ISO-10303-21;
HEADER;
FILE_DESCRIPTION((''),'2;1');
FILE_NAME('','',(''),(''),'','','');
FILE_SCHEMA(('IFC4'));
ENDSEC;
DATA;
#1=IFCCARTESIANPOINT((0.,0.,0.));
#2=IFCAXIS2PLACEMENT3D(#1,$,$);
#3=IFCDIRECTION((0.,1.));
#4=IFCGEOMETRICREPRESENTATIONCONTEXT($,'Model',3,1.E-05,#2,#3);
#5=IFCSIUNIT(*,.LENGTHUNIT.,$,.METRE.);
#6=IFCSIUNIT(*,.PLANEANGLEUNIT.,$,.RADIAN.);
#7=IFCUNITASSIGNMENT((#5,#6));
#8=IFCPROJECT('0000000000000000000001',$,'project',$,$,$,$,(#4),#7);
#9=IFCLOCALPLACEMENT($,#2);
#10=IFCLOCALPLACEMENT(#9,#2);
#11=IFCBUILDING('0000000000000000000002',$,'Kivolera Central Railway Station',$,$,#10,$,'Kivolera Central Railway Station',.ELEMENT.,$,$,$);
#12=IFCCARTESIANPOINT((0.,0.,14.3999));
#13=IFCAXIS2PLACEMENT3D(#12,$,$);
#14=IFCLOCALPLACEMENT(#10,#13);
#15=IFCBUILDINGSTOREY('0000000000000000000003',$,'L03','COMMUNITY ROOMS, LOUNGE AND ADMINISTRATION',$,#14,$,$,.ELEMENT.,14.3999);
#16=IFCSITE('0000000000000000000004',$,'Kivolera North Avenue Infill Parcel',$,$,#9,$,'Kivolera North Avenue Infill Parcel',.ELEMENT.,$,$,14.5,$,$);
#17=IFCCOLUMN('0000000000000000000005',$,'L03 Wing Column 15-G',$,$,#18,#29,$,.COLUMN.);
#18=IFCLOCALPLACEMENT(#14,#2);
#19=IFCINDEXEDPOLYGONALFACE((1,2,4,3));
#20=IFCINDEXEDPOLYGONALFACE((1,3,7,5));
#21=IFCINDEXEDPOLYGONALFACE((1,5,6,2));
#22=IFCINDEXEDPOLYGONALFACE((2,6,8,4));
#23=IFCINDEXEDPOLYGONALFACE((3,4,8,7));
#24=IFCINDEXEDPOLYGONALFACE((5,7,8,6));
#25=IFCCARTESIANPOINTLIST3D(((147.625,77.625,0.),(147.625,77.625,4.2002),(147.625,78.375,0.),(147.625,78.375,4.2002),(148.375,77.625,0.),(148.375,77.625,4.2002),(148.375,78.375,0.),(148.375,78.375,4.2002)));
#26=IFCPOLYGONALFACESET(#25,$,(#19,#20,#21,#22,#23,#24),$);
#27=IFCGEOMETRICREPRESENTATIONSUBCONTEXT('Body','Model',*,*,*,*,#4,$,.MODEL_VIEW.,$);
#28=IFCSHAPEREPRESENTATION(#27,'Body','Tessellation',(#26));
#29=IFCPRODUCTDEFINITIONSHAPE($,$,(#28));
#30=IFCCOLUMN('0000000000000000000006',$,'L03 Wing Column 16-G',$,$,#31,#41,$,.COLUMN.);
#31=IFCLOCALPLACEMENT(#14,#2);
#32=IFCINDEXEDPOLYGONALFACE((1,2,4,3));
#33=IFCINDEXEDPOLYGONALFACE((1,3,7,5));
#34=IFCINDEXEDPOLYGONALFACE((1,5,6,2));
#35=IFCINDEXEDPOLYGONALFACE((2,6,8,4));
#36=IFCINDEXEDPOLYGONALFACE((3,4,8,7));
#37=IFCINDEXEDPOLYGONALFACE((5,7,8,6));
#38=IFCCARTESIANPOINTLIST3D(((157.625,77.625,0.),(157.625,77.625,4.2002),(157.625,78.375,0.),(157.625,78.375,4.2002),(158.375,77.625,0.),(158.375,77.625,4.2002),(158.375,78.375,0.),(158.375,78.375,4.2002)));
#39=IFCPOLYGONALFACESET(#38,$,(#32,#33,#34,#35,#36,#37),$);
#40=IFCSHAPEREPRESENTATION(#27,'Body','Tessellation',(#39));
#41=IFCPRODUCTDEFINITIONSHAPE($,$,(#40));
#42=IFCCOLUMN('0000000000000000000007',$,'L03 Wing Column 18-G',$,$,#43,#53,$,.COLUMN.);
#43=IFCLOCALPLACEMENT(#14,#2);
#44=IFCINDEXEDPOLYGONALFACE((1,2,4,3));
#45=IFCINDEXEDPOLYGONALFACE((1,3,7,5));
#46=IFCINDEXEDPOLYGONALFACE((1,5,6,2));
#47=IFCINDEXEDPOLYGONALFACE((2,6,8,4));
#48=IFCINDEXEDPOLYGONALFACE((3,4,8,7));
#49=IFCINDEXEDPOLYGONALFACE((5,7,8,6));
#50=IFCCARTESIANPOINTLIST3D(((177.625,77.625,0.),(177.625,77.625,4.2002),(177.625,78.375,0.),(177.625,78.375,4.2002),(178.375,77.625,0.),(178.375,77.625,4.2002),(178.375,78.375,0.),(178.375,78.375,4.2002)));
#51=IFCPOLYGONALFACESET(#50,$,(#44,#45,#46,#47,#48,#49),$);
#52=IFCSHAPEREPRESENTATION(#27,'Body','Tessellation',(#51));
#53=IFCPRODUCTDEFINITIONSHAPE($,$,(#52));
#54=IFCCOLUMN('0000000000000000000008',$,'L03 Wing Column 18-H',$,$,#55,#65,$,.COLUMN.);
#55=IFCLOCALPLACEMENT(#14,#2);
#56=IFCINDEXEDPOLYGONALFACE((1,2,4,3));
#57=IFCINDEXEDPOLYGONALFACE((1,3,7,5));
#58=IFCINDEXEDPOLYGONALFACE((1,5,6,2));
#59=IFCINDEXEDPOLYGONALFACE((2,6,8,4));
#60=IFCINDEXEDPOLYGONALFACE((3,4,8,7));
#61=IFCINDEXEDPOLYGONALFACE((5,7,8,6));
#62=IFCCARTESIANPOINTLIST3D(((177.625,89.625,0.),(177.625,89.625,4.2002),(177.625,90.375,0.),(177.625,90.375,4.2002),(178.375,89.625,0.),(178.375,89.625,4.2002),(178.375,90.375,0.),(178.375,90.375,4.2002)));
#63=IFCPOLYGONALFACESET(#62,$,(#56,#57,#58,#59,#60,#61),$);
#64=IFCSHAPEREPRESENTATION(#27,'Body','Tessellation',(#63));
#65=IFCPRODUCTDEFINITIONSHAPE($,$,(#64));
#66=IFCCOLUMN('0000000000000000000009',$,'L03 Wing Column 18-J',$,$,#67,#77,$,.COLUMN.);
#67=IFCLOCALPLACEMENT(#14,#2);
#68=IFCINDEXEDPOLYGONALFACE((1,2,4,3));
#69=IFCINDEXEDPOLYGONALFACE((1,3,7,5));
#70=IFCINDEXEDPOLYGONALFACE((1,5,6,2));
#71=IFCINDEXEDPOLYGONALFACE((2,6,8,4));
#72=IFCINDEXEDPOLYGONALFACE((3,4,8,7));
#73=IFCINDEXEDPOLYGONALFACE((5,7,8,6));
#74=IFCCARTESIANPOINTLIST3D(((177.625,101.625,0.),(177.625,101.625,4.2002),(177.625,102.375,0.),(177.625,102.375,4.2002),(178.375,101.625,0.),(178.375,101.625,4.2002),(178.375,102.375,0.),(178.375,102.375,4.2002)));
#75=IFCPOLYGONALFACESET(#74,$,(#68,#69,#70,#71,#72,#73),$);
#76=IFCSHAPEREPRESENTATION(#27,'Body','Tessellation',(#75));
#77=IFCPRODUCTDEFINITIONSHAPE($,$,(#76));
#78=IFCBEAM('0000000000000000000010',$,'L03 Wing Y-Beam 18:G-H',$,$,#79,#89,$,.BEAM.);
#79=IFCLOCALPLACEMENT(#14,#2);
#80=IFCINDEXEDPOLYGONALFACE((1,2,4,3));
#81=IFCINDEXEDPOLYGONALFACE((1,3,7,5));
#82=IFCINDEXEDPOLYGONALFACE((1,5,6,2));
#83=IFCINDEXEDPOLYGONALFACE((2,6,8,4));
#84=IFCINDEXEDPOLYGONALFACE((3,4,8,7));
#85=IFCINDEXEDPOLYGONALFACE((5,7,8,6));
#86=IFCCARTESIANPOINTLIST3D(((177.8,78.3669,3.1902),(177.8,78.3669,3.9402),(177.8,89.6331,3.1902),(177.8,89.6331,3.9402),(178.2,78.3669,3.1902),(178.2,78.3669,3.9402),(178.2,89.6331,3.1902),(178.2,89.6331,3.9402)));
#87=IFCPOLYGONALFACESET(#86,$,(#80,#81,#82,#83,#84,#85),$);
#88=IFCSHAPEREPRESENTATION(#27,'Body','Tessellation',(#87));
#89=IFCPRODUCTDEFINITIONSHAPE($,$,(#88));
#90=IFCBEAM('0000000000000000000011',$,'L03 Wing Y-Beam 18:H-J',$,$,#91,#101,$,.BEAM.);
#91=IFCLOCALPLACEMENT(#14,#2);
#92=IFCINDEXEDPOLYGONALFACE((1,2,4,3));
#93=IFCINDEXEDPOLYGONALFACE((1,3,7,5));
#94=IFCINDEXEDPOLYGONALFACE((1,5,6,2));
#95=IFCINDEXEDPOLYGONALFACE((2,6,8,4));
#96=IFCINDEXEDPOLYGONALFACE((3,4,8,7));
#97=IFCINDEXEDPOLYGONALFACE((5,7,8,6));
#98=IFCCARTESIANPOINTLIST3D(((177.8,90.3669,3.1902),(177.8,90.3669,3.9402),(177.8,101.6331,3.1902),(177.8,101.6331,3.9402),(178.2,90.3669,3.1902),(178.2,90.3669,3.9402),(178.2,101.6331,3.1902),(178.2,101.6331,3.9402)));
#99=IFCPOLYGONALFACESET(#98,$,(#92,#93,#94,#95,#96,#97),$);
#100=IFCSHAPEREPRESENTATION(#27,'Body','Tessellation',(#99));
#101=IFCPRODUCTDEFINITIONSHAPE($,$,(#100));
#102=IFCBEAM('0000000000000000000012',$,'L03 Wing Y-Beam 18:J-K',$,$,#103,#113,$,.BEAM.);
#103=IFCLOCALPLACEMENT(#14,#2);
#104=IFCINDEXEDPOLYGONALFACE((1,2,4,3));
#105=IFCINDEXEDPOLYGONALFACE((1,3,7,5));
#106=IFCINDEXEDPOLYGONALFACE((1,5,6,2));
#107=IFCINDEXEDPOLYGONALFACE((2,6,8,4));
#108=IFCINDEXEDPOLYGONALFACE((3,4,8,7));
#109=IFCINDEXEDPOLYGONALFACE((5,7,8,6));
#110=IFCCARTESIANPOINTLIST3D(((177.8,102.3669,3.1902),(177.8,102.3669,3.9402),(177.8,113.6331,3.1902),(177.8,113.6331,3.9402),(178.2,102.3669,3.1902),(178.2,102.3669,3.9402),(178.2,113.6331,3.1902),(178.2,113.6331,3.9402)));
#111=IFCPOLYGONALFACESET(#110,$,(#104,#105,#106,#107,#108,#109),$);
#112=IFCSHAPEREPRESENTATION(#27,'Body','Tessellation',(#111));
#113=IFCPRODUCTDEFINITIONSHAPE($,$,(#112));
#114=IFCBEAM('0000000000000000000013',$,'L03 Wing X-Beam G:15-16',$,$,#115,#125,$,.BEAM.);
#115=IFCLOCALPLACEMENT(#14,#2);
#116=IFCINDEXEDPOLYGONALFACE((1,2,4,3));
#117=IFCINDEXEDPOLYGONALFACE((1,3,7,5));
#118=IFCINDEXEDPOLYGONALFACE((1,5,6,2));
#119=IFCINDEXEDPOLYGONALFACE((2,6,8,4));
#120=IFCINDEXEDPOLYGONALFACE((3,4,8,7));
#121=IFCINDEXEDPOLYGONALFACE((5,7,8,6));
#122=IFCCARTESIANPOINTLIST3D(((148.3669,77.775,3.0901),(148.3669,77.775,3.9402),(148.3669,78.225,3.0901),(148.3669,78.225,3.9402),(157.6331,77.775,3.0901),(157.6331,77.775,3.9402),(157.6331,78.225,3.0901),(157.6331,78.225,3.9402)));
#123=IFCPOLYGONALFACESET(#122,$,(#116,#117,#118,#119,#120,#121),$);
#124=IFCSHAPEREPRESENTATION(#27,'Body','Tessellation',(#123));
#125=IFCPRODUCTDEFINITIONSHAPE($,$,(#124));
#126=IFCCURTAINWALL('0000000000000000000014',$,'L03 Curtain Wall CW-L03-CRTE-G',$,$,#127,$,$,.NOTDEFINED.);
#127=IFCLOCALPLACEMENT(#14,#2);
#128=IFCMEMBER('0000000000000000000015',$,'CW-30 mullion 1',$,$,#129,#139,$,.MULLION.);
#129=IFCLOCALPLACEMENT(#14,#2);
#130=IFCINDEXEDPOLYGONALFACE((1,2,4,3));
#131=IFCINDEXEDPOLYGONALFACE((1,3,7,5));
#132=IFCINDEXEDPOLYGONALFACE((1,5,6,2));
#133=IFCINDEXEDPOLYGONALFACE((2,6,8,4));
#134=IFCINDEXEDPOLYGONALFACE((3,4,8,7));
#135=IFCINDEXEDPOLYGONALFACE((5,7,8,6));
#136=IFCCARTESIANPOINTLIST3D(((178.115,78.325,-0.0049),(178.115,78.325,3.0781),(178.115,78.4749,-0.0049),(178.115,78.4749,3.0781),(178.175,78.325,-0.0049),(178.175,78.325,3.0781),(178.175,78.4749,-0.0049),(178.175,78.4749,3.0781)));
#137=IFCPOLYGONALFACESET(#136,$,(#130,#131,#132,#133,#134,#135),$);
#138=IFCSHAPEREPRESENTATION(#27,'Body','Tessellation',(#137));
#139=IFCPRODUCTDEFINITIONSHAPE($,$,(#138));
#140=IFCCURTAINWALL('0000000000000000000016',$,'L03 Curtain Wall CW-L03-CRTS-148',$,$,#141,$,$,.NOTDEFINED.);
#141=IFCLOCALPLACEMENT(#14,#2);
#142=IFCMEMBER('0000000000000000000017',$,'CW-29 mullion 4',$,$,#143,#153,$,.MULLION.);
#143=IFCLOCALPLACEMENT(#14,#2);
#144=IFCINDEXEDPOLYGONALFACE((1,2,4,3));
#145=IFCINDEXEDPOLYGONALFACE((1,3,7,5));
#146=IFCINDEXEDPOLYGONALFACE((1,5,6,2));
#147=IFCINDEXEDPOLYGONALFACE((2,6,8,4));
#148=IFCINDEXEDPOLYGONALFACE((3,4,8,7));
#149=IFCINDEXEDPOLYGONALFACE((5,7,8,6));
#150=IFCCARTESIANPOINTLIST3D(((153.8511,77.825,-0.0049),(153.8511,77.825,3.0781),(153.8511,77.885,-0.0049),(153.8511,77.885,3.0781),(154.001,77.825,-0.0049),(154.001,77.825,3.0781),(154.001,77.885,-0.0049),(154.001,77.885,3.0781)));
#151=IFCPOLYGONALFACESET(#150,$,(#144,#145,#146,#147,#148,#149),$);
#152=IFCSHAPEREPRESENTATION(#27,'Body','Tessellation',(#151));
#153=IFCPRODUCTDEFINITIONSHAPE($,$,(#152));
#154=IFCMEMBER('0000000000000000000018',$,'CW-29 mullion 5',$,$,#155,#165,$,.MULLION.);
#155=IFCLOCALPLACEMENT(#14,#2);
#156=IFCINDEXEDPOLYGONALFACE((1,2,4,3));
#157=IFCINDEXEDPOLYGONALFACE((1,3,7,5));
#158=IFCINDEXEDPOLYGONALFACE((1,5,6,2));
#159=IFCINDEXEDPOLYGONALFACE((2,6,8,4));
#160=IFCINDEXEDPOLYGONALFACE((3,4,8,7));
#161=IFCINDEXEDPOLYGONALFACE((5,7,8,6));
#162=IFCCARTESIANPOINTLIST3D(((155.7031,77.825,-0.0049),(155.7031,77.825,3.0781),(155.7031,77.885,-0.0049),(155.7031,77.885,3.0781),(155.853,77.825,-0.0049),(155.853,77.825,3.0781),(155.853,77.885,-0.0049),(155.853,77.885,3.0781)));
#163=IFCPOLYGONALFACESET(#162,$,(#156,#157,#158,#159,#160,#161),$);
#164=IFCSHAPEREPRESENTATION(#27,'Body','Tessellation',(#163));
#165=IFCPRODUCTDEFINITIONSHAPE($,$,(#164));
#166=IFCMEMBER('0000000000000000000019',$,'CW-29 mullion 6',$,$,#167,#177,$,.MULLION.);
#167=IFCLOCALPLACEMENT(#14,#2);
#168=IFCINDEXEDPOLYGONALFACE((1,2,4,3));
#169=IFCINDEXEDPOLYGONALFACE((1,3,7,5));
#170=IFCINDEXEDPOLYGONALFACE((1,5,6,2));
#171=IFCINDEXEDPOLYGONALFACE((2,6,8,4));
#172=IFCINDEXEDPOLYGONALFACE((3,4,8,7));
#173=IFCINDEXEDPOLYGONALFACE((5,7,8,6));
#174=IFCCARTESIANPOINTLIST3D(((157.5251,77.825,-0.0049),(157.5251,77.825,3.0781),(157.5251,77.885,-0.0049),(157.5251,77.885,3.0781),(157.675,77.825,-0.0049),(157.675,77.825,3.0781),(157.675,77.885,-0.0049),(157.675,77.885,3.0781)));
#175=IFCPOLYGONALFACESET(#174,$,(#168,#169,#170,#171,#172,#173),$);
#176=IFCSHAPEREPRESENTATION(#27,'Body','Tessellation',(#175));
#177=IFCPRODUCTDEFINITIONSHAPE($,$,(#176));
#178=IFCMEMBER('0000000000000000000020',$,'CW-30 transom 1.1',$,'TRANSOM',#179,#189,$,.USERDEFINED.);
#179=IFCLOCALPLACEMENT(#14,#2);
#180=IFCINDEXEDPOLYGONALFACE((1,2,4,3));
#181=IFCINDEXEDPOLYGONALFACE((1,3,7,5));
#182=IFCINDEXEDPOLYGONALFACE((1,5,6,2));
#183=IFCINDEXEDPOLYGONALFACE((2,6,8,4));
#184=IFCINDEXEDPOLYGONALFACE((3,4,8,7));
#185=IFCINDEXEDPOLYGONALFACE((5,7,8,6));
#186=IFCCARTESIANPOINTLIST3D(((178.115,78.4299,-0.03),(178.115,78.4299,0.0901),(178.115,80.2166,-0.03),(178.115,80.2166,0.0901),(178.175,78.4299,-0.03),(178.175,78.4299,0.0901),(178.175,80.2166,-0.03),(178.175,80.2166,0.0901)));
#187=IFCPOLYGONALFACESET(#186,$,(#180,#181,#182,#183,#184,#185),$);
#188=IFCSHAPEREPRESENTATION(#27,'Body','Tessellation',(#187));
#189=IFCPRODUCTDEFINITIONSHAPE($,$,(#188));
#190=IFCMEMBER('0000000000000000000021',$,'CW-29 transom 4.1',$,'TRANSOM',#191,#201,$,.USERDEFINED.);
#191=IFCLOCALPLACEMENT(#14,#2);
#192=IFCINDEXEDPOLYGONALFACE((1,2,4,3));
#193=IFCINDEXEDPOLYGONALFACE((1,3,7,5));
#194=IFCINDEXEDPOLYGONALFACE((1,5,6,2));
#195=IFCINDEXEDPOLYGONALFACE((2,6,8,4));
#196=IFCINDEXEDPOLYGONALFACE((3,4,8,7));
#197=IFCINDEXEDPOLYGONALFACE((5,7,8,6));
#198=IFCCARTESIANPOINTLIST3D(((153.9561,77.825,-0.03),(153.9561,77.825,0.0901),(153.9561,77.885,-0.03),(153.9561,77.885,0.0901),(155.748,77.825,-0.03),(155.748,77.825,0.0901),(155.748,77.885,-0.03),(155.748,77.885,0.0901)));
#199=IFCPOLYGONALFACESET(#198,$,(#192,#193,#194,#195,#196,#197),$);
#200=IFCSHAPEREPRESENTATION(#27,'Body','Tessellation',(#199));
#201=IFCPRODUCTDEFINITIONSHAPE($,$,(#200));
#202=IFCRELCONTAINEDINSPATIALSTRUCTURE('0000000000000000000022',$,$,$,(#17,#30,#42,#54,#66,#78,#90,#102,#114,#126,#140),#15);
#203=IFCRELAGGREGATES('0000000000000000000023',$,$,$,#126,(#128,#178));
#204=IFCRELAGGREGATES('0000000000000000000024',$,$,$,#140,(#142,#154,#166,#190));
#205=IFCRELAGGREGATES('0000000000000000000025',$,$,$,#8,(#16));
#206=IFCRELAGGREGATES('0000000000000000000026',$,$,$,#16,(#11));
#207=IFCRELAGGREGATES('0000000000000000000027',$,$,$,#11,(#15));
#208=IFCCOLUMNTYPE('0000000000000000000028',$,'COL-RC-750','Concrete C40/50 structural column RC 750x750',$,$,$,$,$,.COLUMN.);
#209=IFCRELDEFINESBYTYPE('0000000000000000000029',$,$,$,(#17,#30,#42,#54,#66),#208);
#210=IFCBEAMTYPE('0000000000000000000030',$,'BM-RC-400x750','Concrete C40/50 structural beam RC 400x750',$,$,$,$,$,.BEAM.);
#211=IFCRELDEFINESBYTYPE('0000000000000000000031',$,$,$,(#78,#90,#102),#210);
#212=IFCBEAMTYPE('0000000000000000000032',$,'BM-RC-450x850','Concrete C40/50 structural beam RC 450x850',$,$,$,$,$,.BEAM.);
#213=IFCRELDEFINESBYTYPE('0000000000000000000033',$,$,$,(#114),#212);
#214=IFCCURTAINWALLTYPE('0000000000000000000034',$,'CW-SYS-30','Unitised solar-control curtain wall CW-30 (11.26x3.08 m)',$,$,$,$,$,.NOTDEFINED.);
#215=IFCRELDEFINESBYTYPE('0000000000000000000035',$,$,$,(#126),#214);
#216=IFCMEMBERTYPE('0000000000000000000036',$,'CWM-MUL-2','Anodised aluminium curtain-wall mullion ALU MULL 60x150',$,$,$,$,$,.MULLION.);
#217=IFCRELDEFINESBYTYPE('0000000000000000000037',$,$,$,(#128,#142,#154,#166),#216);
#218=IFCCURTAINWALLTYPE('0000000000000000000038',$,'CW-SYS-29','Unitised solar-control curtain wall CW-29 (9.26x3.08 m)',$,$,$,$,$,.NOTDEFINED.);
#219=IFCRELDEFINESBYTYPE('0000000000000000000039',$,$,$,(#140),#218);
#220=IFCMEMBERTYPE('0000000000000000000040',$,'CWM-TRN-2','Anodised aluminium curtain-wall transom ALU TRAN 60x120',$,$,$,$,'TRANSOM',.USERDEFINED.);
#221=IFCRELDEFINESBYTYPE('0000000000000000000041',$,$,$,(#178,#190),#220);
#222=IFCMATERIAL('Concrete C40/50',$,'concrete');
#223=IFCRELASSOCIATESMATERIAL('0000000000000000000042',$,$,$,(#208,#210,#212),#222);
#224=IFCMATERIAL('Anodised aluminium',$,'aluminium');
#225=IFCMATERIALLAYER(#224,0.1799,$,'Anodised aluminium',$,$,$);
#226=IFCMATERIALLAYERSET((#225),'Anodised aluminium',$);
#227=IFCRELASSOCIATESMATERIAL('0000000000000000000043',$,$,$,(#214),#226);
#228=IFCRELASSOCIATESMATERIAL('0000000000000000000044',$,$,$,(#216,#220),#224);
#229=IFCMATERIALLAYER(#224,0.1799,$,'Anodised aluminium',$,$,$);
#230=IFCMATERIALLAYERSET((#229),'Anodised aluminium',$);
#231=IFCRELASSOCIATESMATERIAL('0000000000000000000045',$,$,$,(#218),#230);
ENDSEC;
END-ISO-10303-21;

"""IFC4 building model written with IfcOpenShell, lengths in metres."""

from ifc_helpers import new_model, si_unit, direction, frame, origin, origin_2d, place, context, subcontext, project, spatial, rectangle, extrude, material, layer, layer_set, material_profile, profile_set, type_object, element, aggregate, save


model = new_model("IFC4")

# Units and contexts
model_context = context("Model", 3, precision=1e-05, world=origin(), true_north=direction((0.0, 1.0)))
body_context = subcontext(model_context, "Body", "Model", "MODEL_VIEW")
ifc_project = project(units=[si_unit("LENGTHUNIT", "METRE"), si_unit("PLANEANGLEUNIT", "RADIAN")], contexts=[model_context])

# Site, building, storey
site_placement = place(None, origin())
site = spatial("IfcSite", under=ifc_project, at=site_placement, Name="Kivolera North Avenue Infill Parcel", LongName="Kivolera North Avenue Infill Parcel", CompositionType="ELEMENT", RefElevation=14.5)
building_placement = place(site_placement, origin())
building = spatial("IfcBuilding", under=site, at=building_placement, Name="Kivolera Central Railway Station", LongName="Kivolera Central Railway Station", CompositionType="ELEMENT")
storey_placement = place(building_placement, frame((0.0, 0.0, 14.3999)))
storey = spatial("IfcBuildingStorey", under=building, at=storey_placement, Name="L03", Description="COMMUNITY ROOMS, LOUNGE AND ADMINISTRATION", CompositionType="ELEMENT", Elevation=14.3999)

# Columns
ifc_material_1 = material(Name="Concrete C40/50", Category="concrete")
ifc_material_profile_1 = material_profile(ifc_material_1, rectangle(XDim=0.75, YDim=0.75, at=origin_2d()), Name="RC 750x750")
ifc_profile_set_1 = profile_set([ifc_material_profile_1], Name="Concrete C40/50")
column_type = type_object("IfcColumnType", Name="COL-RC-750", Description="Concrete C40/50 structural column RC 750x750", PredefinedType="COLUMN", material=ifc_profile_set_1)
for number, where, z_axis, x_axis, name in (
    (1, (148.0, 78.0, 0.0), (0.0, 0.0, 1.0), (1.0, 0.0, 0.0), "L03 Wing Column 15-G"),
    (2, (158.0, 78.0, 0.0), (0.0, 0.0, 1.0), (1.0, 0.0, 0.0), "L03 Wing Column 16-G"),
    (3, (178.0, 78.0, 0.0), (0.0, 0.0, 1.0), (1.0, 0.0, 0.0), "L03 Wing Column 18-G"),
    (4, (178.0, 90.0, 0.0), (0.0, 0.0, 1.0), (1.0, 0.0, 0.0), "L03 Wing Column 18-H"),
    (5, (178.0, 102.0, 0.0), (0.0, 0.0, 1.0), (1.0, 0.0, 0.0), "L03 Wing Column 18-J"),
):
    element("IfcColumn", number, at=place(storey_placement, frame(where, z_axis=z_axis, x_axis=x_axis)), inside=storey, type_object=column_type, Name=name, PredefinedType="COLUMN", context=body_context, shape_type="SweptSolid", body=[
        extrude(rectangle(XDim=0.75, YDim=0.75, at=origin_2d()), origin(), (0.0, 0.0, 1.0), 4.2002),
    ])

# Beams
ifc_material_profile_2 = material_profile(ifc_material_1, rectangle(XDim=0.3999, YDim=0.75, at=origin_2d()), Name="RC 400x750")
ifc_profile_set_2 = profile_set([ifc_material_profile_2], Name="Concrete C40/50")
beam_type_1 = type_object("IfcBeamType", Name="BM-RC-400x750", Description="Concrete C40/50 structural beam RC 400x750", PredefinedType="BEAM", material=ifc_profile_set_2)
for number, where, z_axis, x_axis, name in (
    (6, (178.0, 78.3669, 3.5652), (0.0, 1.0, 0.0), (-1.0, 0.0, 0.0), "L03 Wing Y-Beam 18:G-H"),
    (7, (178.0, 90.3669, 3.5652), (0.0, 1.0, 0.0), (-1.0, 0.0, 0.0), "L03 Wing Y-Beam 18:H-J"),
    (8, (178.0, 102.3669, 3.5652), (0.0, 1.0, 0.0), (-1.0, 0.0, 0.0), "L03 Wing Y-Beam 18:J-K"),
):
    element("IfcBeam", number, at=place(storey_placement, frame(where, z_axis=z_axis, x_axis=x_axis)), inside=storey, type_object=beam_type_1, Name=name, PredefinedType="BEAM", context=body_context, shape_type="SweptSolid", body=[
        extrude(rectangle(XDim=0.3999, YDim=0.75, at=origin_2d()), origin(), (0.0, 0.0, 1.0), 11.2661),
    ])
ifc_material_profile_3 = material_profile(ifc_material_1, rectangle(XDim=0.45, YDim=0.8501, at=origin_2d()), Name="RC 450x850")
ifc_profile_set_3 = profile_set([ifc_material_profile_3], Name="Concrete C40/50")
beam_type_2 = type_object("IfcBeamType", Name="BM-RC-450x850", Description="Concrete C40/50 structural beam RC 450x850", PredefinedType="BEAM", material=ifc_profile_set_3)
beam_placement = place(storey_placement, frame((148.3669, 78.0, 3.5151), z_axis=(1.0, 0.0, 0.0), x_axis=(0.0, 1.0, 0.0)))
element("IfcBeam", 9, at=beam_placement, inside=storey, type_object=beam_type_2, Name="L03 Wing X-Beam G:15-16", PredefinedType="BEAM", context=body_context, shape_type="SweptSolid", body=[
    extrude(rectangle(XDim=0.45, YDim=0.8501, at=origin_2d()), origin(), (0.0, 0.0, 1.0), 9.2661),
])

# Curtain wall, member
ifc_material_2 = material(Name="Anodised aluminium", Category="aluminium")
ifc_layer_1 = layer(ifc_material_2, 0.1799, Name="Anodised aluminium")
ifc_layer_set_1 = layer_set([ifc_layer_1], Name="Anodised aluminium")
curtain_wall_type_1 = type_object("IfcCurtainWallType", Name="CW-SYS-30", Description="Unitised solar-control curtain wall CW-30 (11.26x3.08 m)", PredefinedType="NOTDEFINED", material=ifc_layer_set_1)
curtain_wall_1_placement = place(storey_placement, origin())
curtain_wall_1 = element("IfcCurtainWall", 10, at=curtain_wall_1_placement, inside=storey, type_object=curtain_wall_type_1, Name="L03 Curtain Wall CW-L03-CRTE-G", PredefinedType="NOTDEFINED")
ifc_material_profile_4 = material_profile(ifc_material_2, rectangle(XDim=0.0601, YDim=0.1499, at=origin_2d()), Name="ALU MULL 60x150")
ifc_profile_set_4 = profile_set([ifc_material_profile_4], Name="Anodised aluminium")
member_type_1 = type_object("IfcMemberType", Name="CWM-MUL-2", Description="Anodised aluminium curtain-wall mullion ALU MULL 60x150", PredefinedType="MULLION", material=ifc_profile_set_4)
member_1_placement = place(storey_placement, frame((178.145, 78.3999, -0.0049), z_axis=(0.0, 0.0, 1.0), x_axis=(-1.0, 0.0, 0.0)))
member_1 = element("IfcMember", 11, at=member_1_placement, type_object=member_type_1, Name="CW-30 mullion 1", PredefinedType="MULLION", context=body_context, shape_type="SweptSolid", body=[
    extrude(rectangle(XDim=0.0601, YDim=0.1499, at=origin_2d()), origin(), (0.0, 0.0, 1.0), 3.083),
])

# Curtain wall, members
ifc_layer_2 = layer(ifc_material_2, 0.1799, Name="Anodised aluminium")
ifc_layer_set_2 = layer_set([ifc_layer_2], Name="Anodised aluminium")
curtain_wall_type_2 = type_object("IfcCurtainWallType", Name="CW-SYS-29", Description="Unitised solar-control curtain wall CW-29 (9.26x3.08 m)", PredefinedType="NOTDEFINED", material=ifc_layer_set_2)
curtain_wall_2_placement = place(storey_placement, origin())
curtain_wall_2 = element("IfcCurtainWall", 12, at=curtain_wall_2_placement, inside=storey, type_object=curtain_wall_type_2, Name="L03 Curtain Wall CW-L03-CRTS-148", PredefinedType="NOTDEFINED")
member_2_placement = place(storey_placement, frame((153.926, 77.855, -0.0049), z_axis=(0.0, 0.0, 1.0), x_axis=(0.0, 1.0, 0.0)))
member_2 = element("IfcMember", 13, at=member_2_placement, type_object=member_type_1, Name="CW-29 mullion 4", PredefinedType="MULLION", context=body_context, shape_type="SweptSolid", body=[
    extrude(rectangle(XDim=0.0601, YDim=0.1499, at=origin_2d()), origin(), (0.0, 0.0, 1.0), 3.083),
])
member_3_placement = place(storey_placement, frame((155.7781, 77.855, -0.0049), z_axis=(0.0, 0.0, 1.0), x_axis=(0.0, 1.0, 0.0)))
member_3 = element("IfcMember", 14, at=member_3_placement, type_object=member_type_1, Name="CW-29 mullion 5", PredefinedType="MULLION", context=body_context, shape_type="SweptSolid", body=[
    extrude(rectangle(XDim=0.0601, YDim=0.1499, at=origin_2d()), origin(), (0.0, 0.0, 1.0), 3.083),
])
member_4_placement = place(storey_placement, frame((157.6001, 77.855, -0.0049), z_axis=(0.0, 0.0, 1.0), x_axis=(0.0, 1.0, 0.0)))
member_4 = element("IfcMember", 15, at=member_4_placement, type_object=member_type_1, Name="CW-29 mullion 6", PredefinedType="MULLION", context=body_context, shape_type="SweptSolid", body=[
    extrude(rectangle(XDim=0.0601, YDim=0.1499, at=origin_2d()), origin(), (0.0, 0.0, 1.0), 3.083),
])

# Members
ifc_material_profile_5 = material_profile(ifc_material_2, rectangle(XDim=0.0601, YDim=0.1201, at=origin_2d()), Name="ALU TRAN 60x120")
ifc_profile_set_5 = profile_set([ifc_material_profile_5], Name="Anodised aluminium")
member_type_2 = type_object("IfcMemberType", Name="CWM-TRN-2", Description="Anodised aluminium curtain-wall transom ALU TRAN 60x120", ElementType="TRANSOM", PredefinedType="USERDEFINED", material=ifc_profile_set_5)
member_5_placement = place(storey_placement, frame((178.145, 78.4299, 0.03), z_axis=(0.0, 1.0, 0.0), x_axis=(-1.0, 0.0, 0.0)))
member_5 = element("IfcMember", 16, at=member_5_placement, type_object=member_type_2, Name="CW-30 transom 1.1", ObjectType="TRANSOM", PredefinedType="USERDEFINED", context=body_context, shape_type="SweptSolid", body=[
    extrude(rectangle(XDim=0.0601, YDim=0.1201, at=origin_2d()), origin(), (0.0, 0.0, 1.0), 1.7866),
])
aggregate(curtain_wall_1, [member_1, member_5])
member_6_placement = place(storey_placement, frame((153.9561, 77.855, 0.03), z_axis=(1.0, 0.0, 0.0), x_axis=(0.0, 1.0, 0.0)))
member_6 = element("IfcMember", 17, at=member_6_placement, type_object=member_type_2, Name="CW-29 transom 4.1", ObjectType="TRANSOM", PredefinedType="USERDEFINED", context=body_context, shape_type="SweptSolid", body=[
    extrude(rectangle(XDim=0.0601, YDim=0.1201, at=origin_2d()), origin(), (0.0, 0.0, 1.0), 1.792),
])

aggregate(curtain_wall_2, [member_2, member_3, member_4, member_6])

save(model, "model.ifc")
